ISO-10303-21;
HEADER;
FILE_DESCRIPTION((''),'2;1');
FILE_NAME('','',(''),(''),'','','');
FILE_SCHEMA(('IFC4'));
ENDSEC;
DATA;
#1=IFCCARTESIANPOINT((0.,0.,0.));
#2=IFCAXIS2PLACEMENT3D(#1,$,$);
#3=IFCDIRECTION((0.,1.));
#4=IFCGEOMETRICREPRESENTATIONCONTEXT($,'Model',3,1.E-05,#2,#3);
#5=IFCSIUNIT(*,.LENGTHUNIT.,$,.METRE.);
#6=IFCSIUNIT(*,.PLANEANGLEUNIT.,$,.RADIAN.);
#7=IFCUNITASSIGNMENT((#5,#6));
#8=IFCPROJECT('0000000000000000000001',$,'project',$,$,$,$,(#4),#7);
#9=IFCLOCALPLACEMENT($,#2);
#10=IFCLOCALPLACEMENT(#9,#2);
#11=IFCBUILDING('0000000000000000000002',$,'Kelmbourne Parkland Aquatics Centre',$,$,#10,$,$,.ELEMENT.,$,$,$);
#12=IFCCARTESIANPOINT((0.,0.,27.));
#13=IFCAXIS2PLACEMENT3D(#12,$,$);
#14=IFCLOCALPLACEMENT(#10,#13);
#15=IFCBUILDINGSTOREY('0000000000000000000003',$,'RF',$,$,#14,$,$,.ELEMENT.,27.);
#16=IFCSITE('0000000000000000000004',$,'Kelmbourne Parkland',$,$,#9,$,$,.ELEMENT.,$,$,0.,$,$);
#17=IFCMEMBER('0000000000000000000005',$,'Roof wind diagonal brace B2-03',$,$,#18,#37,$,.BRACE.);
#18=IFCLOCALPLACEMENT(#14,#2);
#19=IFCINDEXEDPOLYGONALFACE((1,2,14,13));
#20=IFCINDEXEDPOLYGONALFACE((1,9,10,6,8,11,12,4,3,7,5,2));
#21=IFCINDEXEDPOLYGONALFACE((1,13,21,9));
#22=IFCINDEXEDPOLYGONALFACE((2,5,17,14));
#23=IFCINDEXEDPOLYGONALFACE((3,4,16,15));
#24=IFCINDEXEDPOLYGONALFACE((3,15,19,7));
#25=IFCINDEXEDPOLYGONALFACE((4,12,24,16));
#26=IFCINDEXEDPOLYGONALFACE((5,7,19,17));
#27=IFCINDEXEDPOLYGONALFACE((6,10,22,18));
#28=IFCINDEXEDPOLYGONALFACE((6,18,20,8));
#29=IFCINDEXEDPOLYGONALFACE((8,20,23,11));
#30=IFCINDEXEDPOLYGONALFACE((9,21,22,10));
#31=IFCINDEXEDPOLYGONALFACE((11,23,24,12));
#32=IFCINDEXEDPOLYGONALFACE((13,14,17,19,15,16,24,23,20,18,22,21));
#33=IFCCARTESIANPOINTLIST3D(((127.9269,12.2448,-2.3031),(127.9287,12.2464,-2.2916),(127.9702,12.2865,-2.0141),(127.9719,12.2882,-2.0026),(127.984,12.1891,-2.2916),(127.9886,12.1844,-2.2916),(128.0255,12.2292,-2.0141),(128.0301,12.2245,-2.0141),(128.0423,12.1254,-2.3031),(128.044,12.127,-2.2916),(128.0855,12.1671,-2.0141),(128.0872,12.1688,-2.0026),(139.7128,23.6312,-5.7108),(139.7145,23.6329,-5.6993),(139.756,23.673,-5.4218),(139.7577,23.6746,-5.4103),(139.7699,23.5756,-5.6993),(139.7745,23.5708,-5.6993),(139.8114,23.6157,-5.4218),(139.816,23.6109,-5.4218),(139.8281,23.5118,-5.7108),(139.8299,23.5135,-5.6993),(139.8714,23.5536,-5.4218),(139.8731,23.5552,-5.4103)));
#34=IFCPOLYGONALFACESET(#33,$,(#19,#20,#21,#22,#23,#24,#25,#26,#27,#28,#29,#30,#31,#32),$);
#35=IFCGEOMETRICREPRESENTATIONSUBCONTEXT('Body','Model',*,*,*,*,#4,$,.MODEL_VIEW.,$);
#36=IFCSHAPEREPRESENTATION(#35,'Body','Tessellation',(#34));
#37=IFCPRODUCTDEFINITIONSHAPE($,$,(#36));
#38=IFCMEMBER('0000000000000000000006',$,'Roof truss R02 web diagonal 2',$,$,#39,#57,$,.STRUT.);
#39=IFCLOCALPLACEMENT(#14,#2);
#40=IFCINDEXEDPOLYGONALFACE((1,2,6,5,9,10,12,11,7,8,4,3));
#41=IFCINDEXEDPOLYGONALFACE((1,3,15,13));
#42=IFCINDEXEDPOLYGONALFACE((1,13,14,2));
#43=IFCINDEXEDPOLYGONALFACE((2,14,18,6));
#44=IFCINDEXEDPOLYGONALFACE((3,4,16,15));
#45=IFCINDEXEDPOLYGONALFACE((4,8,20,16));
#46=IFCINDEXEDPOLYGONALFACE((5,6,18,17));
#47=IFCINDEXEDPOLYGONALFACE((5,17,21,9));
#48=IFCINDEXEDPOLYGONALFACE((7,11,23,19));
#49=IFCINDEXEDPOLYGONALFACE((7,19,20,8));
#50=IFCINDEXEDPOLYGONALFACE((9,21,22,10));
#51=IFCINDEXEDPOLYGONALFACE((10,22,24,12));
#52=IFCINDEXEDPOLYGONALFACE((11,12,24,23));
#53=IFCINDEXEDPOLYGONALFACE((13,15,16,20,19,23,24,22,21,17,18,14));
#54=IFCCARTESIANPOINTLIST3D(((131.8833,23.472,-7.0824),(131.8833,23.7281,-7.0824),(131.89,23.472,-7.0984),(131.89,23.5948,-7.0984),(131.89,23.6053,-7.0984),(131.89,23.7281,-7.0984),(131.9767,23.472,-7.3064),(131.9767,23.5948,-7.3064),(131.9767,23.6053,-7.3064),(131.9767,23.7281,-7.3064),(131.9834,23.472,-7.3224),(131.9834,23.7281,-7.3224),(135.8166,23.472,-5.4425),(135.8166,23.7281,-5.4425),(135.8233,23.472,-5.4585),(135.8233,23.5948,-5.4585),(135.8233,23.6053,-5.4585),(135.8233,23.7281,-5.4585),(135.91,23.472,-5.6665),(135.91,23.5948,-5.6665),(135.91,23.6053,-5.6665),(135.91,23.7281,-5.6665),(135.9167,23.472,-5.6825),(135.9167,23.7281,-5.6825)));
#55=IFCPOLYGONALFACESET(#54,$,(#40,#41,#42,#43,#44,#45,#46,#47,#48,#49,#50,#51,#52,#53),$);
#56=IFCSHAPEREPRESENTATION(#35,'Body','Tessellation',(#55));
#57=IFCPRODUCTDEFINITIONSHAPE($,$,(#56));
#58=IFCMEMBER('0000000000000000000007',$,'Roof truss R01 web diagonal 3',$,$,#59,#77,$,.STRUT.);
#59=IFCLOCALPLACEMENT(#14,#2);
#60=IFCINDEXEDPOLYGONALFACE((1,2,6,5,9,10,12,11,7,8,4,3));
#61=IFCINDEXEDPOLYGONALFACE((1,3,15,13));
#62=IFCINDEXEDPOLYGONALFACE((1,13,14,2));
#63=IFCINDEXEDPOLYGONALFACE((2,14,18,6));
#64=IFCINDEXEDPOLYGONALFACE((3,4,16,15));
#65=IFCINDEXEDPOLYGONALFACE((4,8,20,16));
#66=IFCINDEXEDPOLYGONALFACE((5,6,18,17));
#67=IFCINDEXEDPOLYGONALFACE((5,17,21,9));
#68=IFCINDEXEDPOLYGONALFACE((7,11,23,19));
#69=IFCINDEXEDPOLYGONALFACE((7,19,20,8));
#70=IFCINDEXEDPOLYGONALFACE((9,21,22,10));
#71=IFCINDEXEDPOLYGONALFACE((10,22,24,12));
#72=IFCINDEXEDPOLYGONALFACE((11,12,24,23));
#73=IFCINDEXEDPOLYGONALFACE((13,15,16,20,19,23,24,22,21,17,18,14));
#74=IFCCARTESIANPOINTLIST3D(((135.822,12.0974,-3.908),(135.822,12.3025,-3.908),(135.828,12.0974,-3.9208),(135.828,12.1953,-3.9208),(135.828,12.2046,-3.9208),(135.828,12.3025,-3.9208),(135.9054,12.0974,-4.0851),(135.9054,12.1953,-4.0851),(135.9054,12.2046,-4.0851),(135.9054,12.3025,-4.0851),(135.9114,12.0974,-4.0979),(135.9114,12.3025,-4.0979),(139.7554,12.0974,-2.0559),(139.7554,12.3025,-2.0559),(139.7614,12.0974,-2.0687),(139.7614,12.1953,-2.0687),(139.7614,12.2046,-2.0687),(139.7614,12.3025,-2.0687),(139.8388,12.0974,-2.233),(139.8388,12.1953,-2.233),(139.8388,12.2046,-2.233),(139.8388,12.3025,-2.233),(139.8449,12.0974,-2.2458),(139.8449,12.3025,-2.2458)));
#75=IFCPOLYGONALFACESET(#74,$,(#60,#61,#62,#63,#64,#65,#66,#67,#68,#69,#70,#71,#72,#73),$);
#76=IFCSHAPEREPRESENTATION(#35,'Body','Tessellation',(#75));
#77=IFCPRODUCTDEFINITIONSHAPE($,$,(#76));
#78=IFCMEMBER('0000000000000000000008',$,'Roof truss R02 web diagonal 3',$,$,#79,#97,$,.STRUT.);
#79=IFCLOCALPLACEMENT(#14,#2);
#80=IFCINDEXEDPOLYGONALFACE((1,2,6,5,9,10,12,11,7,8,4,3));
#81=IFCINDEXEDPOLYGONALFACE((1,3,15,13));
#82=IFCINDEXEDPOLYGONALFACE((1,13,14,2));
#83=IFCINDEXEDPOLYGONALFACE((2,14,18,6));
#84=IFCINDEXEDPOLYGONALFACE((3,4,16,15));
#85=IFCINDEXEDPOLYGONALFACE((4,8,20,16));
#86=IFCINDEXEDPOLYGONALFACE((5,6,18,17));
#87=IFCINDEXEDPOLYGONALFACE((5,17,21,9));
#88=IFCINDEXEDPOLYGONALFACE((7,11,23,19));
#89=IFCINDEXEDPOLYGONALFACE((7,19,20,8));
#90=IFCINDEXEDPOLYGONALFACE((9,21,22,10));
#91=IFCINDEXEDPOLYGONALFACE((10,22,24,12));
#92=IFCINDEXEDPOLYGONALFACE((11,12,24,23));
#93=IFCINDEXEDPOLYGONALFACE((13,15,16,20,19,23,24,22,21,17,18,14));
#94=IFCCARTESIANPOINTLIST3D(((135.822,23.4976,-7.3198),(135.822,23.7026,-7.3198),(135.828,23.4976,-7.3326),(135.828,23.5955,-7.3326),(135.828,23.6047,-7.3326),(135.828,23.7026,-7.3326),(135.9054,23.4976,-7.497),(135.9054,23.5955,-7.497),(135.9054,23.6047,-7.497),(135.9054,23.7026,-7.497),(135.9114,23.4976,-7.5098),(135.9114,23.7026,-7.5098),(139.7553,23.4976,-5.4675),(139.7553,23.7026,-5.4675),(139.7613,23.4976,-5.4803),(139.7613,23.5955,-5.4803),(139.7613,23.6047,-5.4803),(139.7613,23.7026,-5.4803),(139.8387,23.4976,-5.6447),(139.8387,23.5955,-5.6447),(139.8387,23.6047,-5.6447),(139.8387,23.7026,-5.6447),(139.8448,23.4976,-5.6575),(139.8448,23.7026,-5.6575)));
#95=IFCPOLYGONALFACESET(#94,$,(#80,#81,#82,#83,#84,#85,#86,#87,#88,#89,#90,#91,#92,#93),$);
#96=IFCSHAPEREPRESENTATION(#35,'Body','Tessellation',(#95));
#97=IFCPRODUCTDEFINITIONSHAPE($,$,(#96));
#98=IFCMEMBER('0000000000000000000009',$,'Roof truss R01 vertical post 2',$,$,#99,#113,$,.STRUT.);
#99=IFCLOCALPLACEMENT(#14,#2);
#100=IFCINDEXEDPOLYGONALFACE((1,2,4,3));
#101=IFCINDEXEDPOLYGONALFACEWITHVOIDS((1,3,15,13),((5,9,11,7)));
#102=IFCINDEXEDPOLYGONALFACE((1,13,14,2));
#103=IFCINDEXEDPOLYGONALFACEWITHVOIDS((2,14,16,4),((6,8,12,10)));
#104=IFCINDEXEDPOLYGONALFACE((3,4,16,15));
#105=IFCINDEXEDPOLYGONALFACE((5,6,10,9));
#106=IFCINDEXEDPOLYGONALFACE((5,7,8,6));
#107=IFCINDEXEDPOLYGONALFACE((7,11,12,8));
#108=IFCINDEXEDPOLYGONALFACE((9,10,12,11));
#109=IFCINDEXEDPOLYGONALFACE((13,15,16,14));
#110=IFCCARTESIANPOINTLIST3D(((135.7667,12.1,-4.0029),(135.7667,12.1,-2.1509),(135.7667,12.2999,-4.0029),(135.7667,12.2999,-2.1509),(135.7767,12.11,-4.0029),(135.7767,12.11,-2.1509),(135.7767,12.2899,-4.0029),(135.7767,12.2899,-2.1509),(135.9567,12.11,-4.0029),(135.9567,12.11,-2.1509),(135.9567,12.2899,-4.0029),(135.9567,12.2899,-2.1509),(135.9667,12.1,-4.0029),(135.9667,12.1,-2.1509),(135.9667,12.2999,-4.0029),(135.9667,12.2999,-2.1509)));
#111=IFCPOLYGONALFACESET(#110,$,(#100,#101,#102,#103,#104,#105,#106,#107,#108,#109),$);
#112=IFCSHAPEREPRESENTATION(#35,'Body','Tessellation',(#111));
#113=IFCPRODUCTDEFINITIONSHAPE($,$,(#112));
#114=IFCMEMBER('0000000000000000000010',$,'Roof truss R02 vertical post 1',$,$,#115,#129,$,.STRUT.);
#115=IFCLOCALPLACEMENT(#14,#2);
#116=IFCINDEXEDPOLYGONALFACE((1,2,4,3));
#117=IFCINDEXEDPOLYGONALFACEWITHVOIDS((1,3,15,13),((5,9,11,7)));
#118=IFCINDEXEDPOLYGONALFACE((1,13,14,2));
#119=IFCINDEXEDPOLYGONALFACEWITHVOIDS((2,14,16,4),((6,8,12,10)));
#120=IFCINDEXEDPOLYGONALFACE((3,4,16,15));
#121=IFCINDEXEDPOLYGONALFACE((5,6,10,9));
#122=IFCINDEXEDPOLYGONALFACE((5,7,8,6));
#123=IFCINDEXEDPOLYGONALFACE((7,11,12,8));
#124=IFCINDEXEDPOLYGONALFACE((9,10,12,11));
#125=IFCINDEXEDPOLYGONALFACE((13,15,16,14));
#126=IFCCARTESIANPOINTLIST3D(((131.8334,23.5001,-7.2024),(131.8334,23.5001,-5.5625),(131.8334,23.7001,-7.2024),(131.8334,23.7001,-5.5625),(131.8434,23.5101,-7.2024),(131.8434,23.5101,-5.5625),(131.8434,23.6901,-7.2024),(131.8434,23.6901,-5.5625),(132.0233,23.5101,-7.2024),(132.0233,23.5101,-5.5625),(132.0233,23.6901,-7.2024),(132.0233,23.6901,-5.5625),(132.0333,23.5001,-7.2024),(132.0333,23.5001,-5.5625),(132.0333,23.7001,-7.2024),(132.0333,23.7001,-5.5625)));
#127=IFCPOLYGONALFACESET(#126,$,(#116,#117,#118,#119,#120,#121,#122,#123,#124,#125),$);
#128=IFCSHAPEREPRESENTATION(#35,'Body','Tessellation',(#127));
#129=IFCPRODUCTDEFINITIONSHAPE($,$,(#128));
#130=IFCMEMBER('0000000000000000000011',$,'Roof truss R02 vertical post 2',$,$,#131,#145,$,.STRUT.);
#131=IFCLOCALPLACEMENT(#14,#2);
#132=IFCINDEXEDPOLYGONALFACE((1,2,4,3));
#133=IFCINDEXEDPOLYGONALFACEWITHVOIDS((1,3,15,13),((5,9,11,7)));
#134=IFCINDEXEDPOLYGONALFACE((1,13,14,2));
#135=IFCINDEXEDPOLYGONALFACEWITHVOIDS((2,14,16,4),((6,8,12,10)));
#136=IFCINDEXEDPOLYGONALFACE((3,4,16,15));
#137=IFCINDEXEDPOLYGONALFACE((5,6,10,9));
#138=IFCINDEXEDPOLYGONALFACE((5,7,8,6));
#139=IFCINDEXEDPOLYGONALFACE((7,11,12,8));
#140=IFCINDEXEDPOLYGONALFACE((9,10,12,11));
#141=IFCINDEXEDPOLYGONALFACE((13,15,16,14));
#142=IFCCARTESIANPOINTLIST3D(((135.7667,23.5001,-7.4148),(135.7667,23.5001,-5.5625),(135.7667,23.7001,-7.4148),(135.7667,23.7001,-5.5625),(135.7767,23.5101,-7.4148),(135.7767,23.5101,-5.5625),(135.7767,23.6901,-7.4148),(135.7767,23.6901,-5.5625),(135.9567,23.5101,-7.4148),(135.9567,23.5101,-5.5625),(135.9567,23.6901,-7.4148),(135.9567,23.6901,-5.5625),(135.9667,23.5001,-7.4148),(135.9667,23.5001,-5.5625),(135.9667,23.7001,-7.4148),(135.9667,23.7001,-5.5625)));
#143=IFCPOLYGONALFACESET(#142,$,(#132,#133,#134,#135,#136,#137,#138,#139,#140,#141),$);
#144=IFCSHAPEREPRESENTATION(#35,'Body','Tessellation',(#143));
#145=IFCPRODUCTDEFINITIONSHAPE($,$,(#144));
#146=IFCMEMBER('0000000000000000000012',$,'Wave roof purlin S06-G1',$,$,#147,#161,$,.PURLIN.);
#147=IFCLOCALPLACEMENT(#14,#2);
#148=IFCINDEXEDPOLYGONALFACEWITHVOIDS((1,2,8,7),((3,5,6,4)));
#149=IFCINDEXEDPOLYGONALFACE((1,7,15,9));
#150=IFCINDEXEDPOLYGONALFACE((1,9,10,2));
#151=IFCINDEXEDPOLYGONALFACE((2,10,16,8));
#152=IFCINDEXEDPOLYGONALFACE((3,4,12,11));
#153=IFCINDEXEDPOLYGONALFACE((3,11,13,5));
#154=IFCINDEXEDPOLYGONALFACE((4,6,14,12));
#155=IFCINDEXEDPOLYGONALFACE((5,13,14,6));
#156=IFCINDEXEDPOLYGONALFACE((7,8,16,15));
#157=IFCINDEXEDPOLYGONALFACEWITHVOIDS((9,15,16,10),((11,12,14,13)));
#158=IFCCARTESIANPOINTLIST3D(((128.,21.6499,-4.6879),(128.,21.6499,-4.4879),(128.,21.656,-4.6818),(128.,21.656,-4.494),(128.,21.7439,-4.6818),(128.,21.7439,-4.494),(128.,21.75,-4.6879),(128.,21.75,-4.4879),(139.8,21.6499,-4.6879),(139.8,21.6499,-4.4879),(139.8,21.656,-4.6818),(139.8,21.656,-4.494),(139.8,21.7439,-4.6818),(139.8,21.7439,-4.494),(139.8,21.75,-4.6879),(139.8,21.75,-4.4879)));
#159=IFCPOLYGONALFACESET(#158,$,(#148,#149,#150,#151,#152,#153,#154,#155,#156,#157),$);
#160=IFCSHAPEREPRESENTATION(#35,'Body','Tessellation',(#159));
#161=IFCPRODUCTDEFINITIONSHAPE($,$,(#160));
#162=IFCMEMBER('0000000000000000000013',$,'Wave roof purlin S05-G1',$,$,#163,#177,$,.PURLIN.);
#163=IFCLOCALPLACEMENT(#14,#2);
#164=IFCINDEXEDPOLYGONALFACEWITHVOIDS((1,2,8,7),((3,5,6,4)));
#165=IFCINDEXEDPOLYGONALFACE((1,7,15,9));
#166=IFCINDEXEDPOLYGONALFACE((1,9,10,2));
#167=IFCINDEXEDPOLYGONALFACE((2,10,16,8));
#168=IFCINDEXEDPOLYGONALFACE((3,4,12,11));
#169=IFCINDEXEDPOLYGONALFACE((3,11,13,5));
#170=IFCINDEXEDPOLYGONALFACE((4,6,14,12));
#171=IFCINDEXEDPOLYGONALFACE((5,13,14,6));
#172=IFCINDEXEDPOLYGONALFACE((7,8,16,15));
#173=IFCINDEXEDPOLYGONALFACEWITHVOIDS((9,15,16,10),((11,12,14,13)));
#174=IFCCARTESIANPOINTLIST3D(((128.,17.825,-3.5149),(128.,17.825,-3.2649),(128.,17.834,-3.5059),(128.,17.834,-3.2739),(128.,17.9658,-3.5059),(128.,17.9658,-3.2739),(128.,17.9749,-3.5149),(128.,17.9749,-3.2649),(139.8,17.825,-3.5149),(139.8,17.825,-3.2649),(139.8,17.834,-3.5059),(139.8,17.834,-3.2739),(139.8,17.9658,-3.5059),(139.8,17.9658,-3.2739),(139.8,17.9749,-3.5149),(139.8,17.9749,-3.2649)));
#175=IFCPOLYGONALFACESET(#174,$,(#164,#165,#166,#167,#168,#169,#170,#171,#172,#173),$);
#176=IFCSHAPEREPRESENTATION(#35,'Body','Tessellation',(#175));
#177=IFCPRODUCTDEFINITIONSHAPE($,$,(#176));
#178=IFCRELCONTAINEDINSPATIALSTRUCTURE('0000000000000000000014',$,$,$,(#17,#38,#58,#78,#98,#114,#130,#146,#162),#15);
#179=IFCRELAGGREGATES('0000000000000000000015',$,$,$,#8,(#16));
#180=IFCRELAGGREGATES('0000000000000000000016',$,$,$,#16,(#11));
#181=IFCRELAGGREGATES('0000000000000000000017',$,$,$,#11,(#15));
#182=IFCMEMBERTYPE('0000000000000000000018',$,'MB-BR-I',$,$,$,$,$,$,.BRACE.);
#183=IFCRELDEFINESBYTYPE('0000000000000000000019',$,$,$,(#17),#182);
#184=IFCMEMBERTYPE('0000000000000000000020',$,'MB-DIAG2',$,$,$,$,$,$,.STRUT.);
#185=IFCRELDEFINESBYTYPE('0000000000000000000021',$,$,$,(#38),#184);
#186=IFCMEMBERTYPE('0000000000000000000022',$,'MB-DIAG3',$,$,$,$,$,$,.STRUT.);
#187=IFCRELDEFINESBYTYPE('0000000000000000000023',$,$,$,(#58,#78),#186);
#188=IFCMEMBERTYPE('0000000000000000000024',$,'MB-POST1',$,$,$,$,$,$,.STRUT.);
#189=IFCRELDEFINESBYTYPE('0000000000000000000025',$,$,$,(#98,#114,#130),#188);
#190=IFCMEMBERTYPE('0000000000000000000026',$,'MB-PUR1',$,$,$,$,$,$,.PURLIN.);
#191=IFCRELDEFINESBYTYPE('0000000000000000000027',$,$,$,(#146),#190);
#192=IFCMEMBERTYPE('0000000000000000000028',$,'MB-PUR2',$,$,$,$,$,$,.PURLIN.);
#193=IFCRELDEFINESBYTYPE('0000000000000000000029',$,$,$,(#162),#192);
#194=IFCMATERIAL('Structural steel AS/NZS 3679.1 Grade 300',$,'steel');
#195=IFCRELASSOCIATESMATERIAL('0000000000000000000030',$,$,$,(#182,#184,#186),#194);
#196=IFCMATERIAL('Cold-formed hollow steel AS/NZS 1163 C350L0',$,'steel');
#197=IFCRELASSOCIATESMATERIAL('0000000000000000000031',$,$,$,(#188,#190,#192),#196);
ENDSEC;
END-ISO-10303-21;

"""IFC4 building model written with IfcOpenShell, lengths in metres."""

from ifc_helpers import new_model, si_unit, direction, frame, origin, origin_2d, place, context, subcontext, project, spatial, hollow_rectangle, i_section, extrude, material, material_profile, profile_set, type_object, element, save


model = new_model("IFC4")

# Units and contexts
model_context = context("Model", 3, precision=1e-05, world=origin(), true_north=direction((0.0, 1.0)))
body_context = subcontext(model_context, "Body", "Model", "MODEL_VIEW")
ifc_project = project(units=[si_unit("LENGTHUNIT", "METRE"), si_unit("PLANEANGLEUNIT", "RADIAN")], contexts=[model_context])

# Site, building, storey
site_placement = place(None, origin())
site = spatial("IfcSite", under=ifc_project, at=site_placement, Name="Kelmbourne Parkland", CompositionType="ELEMENT", RefElevation=0.0)
building_placement = place(site_placement, origin())
building = spatial("IfcBuilding", under=site, at=building_placement, Name="Kelmbourne Parkland Aquatics Centre", CompositionType="ELEMENT")
storey_placement = place(building_placement, frame((0.0, 0.0, 27.0)))
storey = spatial("IfcBuildingStorey", under=building, at=storey_placement, Name="RF", CompositionType="ELEMENT", Elevation=27.0)

# Members
ifc_material_1 = material(Name="Structural steel AS/NZS 3679.1 Grade 300", Category="steel")
ifc_material_profile_1 = material_profile(ifc_material_1, i_section(OverallWidth=0.166, OverallDepth=0.3069, WebThickness=0.0066, FlangeThickness=0.0117, at=origin_2d()), Name="310UB46.2")
ifc_profile_set_1 = profile_set([ifc_material_profile_1], Name="Structural steel AS/NZS 3679.1 Grade 300")
member_type_1 = type_object("IfcMemberType", Name="MB-BR-I", PredefinedType="BRACE", material=ifc_profile_set_1)
member_1_placement = place(storey_placement, frame((128.0071, 12.2068, -2.1528), z_axis=(0.704126, 0.680264, -0.203588), x_axis=(-0.694815, 0.719188, 0.0)))
element("IfcMember", 1, at=member_1_placement, inside=storey, type_object=member_type_1, Name="Roof wind diagonal brace B2-03", PredefinedType="BRACE", context=body_context, shape_type="SweptSolid", body=[
    extrude(i_section(OverallWidth=0.166, OverallDepth=0.3069, WebThickness=0.0066, FlangeThickness=0.0117, at=origin_2d()), origin(), (0.0, 0.0, 1.0), 16.7383),
])
ifc_material_profile_2 = material_profile(ifc_material_1, i_section(OverallWidth=0.2561, OverallDepth=0.26, WebThickness=0.0105, FlangeThickness=0.0173, at=origin_2d()), Name="250UC89.5")
ifc_profile_set_2 = profile_set([ifc_material_profile_2], Name="Structural steel AS/NZS 3679.1 Grade 300")
member_type_2 = type_object("IfcMemberType", Name="MB-DIAG2", PredefinedType="STRUT", material=ifc_profile_set_2)
member_2_placement = place(storey_placement, frame((131.9333, 23.6001, -7.2024), z_axis=(0.922994, 0.0, 0.384815), x_axis=(0.0, 1.0, 0.0)))
element("IfcMember", 2, at=member_2_placement, inside=storey, type_object=member_type_2, Name="Roof truss R02 web diagonal 2", PredefinedType="STRUT", context=body_context, shape_type="SweptSolid", body=[
    extrude(i_section(OverallWidth=0.2561, OverallDepth=0.26, WebThickness=0.0105, FlangeThickness=0.0173, at=origin_2d()), origin(), (0.0, 0.0, 1.0), 4.2615),
])
ifc_material_profile_3 = material_profile(ifc_material_1, i_section(OverallWidth=0.2051, OverallDepth=0.21, WebThickness=0.0093, FlangeThickness=0.0142, at=origin_2d()), Name="200UC59.5")
ifc_profile_set_3 = profile_set([ifc_material_profile_3], Name="Structural steel AS/NZS 3679.1 Grade 300")
member_type_3 = type_object("IfcMemberType", Name="MB-DIAG3", PredefinedType="STRUT", material=ifc_profile_set_3)
for number, where, z_axis, x_axis, name in (
    (3, (135.8667, 12.2, -4.0029), (0.904725, 0.0, 0.425997), (0.0, 1.0, 0.0), "Roof truss R01 web diagonal 3"),
    (4, (135.8667, 23.6001, -7.4148), (0.904703, 0.0, 0.426043), (0.0, 1.0, 0.0), "Roof truss R02 web diagonal 3"),
):
    element("IfcMember", number, at=place(storey_placement, frame(where, z_axis=z_axis, x_axis=x_axis)), inside=storey, type_object=member_type_3, Name=name, PredefinedType="STRUT", context=body_context, shape_type="SweptSolid", body=[
        extrude(i_section(OverallWidth=0.2051, OverallDepth=0.21, WebThickness=0.0093, FlangeThickness=0.0142, at=origin_2d()), origin(), (0.0, 0.0, 1.0), 4.3477),
    ])
ifc_material_2 = material(Name="Cold-formed hollow steel AS/NZS 1163 C350L0", Category="steel")
ifc_material_profile_4 = material_profile(ifc_material_2, hollow_rectangle(XDim=0.2, YDim=0.2, WallThickness=0.01, at=origin_2d()), Name="SHS 200x200x10.0")
ifc_profile_set_4 = profile_set([ifc_material_profile_4], Name="Cold-formed hollow steel AS/NZS 1163 C350L0")
member_type_4 = type_object("IfcMemberType", Name="MB-POST1", PredefinedType="STRUT", material=ifc_profile_set_4)
member_3_placement = place(storey_placement, frame((135.8667, 12.2, -4.0029), z_axis=(0.0, 0.0, 1.0), x_axis=(1.0, 0.0, 0.0)))
element("IfcMember", 5, at=member_3_placement, inside=storey, type_object=member_type_4, Name="Roof truss R01 vertical post 2", PredefinedType="STRUT", context=body_context, shape_type="SweptSolid", body=[
    extrude(hollow_rectangle(XDim=0.2, YDim=0.2, WallThickness=0.01, at=origin_2d()), origin(), (0.0, 0.0, 1.0), 1.8521),
])
member_4_placement = place(storey_placement, frame((131.9333, 23.6001, -7.2024), z_axis=(0.0, 0.0, 1.0), x_axis=(1.0, 0.0, 0.0)))
element("IfcMember", 6, at=member_4_placement, inside=storey, type_object=member_type_4, Name="Roof truss R02 vertical post 1", PredefinedType="STRUT", context=body_context, shape_type="SweptSolid", body=[
    extrude(hollow_rectangle(XDim=0.2, YDim=0.2, WallThickness=0.01, at=origin_2d()), origin(), (0.0, 0.0, 1.0), 1.6399),
])
member_5_placement = place(storey_placement, frame((135.8667, 23.6001, -7.4148), z_axis=(0.0, 0.0, 1.0), x_axis=(1.0, 0.0, 0.0)))
element("IfcMember", 7, at=member_5_placement, inside=storey, type_object=member_type_4, Name="Roof truss R02 vertical post 2", PredefinedType="STRUT", context=body_context, shape_type="SweptSolid", body=[
    extrude(hollow_rectangle(XDim=0.2, YDim=0.2, WallThickness=0.01, at=origin_2d()), origin(), (0.0, 0.0, 1.0), 1.8523),
])
ifc_material_profile_5 = material_profile(ifc_material_2, hollow_rectangle(XDim=0.1001, YDim=0.2, WallThickness=0.0061, at=origin_2d()), Name="RHS 200x100x6.0")
ifc_profile_set_5 = profile_set([ifc_material_profile_5], Name="Cold-formed hollow steel AS/NZS 1163 C350L0")
member_type_5 = type_object("IfcMemberType", Name="MB-PUR1", PredefinedType="PURLIN", material=ifc_profile_set_5)
member_6_placement = place(storey_placement, frame((128.0, 21.7, -4.5879), z_axis=(1.0, 0.0, 0.0), x_axis=(0.0, 1.0, 0.0)))
element("IfcMember", 8, at=member_6_placement, inside=storey, type_object=member_type_5, Name="Wave roof purlin S06-G1", PredefinedType="PURLIN", context=body_context, shape_type="SweptSolid", body=[
    extrude(hollow_rectangle(XDim=0.1001, YDim=0.2, WallThickness=0.0061, at=origin_2d()), origin(), (0.0, 0.0, 1.0), 11.8),
])
ifc_material_profile_6 = material_profile(ifc_material_2, hollow_rectangle(XDim=0.1499, YDim=0.25, WallThickness=0.009, at=origin_2d()), Name="RHS 250x150x9.0")
ifc_profile_set_6 = profile_set([ifc_material_profile_6], Name="Cold-formed hollow steel AS/NZS 1163 C350L0")
member_type_6 = type_object("IfcMemberType", Name="MB-PUR2", PredefinedType="PURLIN", material=ifc_profile_set_6)
member_7_placement = place(storey_placement, frame((128.0, 17.8999, -3.3899), z_axis=(1.0, 0.0, 0.0), x_axis=(0.0, 1.0, 0.0)))
element("IfcMember", 9, at=member_7_placement, inside=storey, type_object=member_type_6, Name="Wave roof purlin S05-G1", PredefinedType="PURLIN", context=body_context, shape_type="SweptSolid", body=[
    extrude(hollow_rectangle(XDim=0.1499, YDim=0.25, WallThickness=0.009, at=origin_2d()), origin(), (0.0, 0.0, 1.0), 11.8),
])

save(model, "model.ifc")
